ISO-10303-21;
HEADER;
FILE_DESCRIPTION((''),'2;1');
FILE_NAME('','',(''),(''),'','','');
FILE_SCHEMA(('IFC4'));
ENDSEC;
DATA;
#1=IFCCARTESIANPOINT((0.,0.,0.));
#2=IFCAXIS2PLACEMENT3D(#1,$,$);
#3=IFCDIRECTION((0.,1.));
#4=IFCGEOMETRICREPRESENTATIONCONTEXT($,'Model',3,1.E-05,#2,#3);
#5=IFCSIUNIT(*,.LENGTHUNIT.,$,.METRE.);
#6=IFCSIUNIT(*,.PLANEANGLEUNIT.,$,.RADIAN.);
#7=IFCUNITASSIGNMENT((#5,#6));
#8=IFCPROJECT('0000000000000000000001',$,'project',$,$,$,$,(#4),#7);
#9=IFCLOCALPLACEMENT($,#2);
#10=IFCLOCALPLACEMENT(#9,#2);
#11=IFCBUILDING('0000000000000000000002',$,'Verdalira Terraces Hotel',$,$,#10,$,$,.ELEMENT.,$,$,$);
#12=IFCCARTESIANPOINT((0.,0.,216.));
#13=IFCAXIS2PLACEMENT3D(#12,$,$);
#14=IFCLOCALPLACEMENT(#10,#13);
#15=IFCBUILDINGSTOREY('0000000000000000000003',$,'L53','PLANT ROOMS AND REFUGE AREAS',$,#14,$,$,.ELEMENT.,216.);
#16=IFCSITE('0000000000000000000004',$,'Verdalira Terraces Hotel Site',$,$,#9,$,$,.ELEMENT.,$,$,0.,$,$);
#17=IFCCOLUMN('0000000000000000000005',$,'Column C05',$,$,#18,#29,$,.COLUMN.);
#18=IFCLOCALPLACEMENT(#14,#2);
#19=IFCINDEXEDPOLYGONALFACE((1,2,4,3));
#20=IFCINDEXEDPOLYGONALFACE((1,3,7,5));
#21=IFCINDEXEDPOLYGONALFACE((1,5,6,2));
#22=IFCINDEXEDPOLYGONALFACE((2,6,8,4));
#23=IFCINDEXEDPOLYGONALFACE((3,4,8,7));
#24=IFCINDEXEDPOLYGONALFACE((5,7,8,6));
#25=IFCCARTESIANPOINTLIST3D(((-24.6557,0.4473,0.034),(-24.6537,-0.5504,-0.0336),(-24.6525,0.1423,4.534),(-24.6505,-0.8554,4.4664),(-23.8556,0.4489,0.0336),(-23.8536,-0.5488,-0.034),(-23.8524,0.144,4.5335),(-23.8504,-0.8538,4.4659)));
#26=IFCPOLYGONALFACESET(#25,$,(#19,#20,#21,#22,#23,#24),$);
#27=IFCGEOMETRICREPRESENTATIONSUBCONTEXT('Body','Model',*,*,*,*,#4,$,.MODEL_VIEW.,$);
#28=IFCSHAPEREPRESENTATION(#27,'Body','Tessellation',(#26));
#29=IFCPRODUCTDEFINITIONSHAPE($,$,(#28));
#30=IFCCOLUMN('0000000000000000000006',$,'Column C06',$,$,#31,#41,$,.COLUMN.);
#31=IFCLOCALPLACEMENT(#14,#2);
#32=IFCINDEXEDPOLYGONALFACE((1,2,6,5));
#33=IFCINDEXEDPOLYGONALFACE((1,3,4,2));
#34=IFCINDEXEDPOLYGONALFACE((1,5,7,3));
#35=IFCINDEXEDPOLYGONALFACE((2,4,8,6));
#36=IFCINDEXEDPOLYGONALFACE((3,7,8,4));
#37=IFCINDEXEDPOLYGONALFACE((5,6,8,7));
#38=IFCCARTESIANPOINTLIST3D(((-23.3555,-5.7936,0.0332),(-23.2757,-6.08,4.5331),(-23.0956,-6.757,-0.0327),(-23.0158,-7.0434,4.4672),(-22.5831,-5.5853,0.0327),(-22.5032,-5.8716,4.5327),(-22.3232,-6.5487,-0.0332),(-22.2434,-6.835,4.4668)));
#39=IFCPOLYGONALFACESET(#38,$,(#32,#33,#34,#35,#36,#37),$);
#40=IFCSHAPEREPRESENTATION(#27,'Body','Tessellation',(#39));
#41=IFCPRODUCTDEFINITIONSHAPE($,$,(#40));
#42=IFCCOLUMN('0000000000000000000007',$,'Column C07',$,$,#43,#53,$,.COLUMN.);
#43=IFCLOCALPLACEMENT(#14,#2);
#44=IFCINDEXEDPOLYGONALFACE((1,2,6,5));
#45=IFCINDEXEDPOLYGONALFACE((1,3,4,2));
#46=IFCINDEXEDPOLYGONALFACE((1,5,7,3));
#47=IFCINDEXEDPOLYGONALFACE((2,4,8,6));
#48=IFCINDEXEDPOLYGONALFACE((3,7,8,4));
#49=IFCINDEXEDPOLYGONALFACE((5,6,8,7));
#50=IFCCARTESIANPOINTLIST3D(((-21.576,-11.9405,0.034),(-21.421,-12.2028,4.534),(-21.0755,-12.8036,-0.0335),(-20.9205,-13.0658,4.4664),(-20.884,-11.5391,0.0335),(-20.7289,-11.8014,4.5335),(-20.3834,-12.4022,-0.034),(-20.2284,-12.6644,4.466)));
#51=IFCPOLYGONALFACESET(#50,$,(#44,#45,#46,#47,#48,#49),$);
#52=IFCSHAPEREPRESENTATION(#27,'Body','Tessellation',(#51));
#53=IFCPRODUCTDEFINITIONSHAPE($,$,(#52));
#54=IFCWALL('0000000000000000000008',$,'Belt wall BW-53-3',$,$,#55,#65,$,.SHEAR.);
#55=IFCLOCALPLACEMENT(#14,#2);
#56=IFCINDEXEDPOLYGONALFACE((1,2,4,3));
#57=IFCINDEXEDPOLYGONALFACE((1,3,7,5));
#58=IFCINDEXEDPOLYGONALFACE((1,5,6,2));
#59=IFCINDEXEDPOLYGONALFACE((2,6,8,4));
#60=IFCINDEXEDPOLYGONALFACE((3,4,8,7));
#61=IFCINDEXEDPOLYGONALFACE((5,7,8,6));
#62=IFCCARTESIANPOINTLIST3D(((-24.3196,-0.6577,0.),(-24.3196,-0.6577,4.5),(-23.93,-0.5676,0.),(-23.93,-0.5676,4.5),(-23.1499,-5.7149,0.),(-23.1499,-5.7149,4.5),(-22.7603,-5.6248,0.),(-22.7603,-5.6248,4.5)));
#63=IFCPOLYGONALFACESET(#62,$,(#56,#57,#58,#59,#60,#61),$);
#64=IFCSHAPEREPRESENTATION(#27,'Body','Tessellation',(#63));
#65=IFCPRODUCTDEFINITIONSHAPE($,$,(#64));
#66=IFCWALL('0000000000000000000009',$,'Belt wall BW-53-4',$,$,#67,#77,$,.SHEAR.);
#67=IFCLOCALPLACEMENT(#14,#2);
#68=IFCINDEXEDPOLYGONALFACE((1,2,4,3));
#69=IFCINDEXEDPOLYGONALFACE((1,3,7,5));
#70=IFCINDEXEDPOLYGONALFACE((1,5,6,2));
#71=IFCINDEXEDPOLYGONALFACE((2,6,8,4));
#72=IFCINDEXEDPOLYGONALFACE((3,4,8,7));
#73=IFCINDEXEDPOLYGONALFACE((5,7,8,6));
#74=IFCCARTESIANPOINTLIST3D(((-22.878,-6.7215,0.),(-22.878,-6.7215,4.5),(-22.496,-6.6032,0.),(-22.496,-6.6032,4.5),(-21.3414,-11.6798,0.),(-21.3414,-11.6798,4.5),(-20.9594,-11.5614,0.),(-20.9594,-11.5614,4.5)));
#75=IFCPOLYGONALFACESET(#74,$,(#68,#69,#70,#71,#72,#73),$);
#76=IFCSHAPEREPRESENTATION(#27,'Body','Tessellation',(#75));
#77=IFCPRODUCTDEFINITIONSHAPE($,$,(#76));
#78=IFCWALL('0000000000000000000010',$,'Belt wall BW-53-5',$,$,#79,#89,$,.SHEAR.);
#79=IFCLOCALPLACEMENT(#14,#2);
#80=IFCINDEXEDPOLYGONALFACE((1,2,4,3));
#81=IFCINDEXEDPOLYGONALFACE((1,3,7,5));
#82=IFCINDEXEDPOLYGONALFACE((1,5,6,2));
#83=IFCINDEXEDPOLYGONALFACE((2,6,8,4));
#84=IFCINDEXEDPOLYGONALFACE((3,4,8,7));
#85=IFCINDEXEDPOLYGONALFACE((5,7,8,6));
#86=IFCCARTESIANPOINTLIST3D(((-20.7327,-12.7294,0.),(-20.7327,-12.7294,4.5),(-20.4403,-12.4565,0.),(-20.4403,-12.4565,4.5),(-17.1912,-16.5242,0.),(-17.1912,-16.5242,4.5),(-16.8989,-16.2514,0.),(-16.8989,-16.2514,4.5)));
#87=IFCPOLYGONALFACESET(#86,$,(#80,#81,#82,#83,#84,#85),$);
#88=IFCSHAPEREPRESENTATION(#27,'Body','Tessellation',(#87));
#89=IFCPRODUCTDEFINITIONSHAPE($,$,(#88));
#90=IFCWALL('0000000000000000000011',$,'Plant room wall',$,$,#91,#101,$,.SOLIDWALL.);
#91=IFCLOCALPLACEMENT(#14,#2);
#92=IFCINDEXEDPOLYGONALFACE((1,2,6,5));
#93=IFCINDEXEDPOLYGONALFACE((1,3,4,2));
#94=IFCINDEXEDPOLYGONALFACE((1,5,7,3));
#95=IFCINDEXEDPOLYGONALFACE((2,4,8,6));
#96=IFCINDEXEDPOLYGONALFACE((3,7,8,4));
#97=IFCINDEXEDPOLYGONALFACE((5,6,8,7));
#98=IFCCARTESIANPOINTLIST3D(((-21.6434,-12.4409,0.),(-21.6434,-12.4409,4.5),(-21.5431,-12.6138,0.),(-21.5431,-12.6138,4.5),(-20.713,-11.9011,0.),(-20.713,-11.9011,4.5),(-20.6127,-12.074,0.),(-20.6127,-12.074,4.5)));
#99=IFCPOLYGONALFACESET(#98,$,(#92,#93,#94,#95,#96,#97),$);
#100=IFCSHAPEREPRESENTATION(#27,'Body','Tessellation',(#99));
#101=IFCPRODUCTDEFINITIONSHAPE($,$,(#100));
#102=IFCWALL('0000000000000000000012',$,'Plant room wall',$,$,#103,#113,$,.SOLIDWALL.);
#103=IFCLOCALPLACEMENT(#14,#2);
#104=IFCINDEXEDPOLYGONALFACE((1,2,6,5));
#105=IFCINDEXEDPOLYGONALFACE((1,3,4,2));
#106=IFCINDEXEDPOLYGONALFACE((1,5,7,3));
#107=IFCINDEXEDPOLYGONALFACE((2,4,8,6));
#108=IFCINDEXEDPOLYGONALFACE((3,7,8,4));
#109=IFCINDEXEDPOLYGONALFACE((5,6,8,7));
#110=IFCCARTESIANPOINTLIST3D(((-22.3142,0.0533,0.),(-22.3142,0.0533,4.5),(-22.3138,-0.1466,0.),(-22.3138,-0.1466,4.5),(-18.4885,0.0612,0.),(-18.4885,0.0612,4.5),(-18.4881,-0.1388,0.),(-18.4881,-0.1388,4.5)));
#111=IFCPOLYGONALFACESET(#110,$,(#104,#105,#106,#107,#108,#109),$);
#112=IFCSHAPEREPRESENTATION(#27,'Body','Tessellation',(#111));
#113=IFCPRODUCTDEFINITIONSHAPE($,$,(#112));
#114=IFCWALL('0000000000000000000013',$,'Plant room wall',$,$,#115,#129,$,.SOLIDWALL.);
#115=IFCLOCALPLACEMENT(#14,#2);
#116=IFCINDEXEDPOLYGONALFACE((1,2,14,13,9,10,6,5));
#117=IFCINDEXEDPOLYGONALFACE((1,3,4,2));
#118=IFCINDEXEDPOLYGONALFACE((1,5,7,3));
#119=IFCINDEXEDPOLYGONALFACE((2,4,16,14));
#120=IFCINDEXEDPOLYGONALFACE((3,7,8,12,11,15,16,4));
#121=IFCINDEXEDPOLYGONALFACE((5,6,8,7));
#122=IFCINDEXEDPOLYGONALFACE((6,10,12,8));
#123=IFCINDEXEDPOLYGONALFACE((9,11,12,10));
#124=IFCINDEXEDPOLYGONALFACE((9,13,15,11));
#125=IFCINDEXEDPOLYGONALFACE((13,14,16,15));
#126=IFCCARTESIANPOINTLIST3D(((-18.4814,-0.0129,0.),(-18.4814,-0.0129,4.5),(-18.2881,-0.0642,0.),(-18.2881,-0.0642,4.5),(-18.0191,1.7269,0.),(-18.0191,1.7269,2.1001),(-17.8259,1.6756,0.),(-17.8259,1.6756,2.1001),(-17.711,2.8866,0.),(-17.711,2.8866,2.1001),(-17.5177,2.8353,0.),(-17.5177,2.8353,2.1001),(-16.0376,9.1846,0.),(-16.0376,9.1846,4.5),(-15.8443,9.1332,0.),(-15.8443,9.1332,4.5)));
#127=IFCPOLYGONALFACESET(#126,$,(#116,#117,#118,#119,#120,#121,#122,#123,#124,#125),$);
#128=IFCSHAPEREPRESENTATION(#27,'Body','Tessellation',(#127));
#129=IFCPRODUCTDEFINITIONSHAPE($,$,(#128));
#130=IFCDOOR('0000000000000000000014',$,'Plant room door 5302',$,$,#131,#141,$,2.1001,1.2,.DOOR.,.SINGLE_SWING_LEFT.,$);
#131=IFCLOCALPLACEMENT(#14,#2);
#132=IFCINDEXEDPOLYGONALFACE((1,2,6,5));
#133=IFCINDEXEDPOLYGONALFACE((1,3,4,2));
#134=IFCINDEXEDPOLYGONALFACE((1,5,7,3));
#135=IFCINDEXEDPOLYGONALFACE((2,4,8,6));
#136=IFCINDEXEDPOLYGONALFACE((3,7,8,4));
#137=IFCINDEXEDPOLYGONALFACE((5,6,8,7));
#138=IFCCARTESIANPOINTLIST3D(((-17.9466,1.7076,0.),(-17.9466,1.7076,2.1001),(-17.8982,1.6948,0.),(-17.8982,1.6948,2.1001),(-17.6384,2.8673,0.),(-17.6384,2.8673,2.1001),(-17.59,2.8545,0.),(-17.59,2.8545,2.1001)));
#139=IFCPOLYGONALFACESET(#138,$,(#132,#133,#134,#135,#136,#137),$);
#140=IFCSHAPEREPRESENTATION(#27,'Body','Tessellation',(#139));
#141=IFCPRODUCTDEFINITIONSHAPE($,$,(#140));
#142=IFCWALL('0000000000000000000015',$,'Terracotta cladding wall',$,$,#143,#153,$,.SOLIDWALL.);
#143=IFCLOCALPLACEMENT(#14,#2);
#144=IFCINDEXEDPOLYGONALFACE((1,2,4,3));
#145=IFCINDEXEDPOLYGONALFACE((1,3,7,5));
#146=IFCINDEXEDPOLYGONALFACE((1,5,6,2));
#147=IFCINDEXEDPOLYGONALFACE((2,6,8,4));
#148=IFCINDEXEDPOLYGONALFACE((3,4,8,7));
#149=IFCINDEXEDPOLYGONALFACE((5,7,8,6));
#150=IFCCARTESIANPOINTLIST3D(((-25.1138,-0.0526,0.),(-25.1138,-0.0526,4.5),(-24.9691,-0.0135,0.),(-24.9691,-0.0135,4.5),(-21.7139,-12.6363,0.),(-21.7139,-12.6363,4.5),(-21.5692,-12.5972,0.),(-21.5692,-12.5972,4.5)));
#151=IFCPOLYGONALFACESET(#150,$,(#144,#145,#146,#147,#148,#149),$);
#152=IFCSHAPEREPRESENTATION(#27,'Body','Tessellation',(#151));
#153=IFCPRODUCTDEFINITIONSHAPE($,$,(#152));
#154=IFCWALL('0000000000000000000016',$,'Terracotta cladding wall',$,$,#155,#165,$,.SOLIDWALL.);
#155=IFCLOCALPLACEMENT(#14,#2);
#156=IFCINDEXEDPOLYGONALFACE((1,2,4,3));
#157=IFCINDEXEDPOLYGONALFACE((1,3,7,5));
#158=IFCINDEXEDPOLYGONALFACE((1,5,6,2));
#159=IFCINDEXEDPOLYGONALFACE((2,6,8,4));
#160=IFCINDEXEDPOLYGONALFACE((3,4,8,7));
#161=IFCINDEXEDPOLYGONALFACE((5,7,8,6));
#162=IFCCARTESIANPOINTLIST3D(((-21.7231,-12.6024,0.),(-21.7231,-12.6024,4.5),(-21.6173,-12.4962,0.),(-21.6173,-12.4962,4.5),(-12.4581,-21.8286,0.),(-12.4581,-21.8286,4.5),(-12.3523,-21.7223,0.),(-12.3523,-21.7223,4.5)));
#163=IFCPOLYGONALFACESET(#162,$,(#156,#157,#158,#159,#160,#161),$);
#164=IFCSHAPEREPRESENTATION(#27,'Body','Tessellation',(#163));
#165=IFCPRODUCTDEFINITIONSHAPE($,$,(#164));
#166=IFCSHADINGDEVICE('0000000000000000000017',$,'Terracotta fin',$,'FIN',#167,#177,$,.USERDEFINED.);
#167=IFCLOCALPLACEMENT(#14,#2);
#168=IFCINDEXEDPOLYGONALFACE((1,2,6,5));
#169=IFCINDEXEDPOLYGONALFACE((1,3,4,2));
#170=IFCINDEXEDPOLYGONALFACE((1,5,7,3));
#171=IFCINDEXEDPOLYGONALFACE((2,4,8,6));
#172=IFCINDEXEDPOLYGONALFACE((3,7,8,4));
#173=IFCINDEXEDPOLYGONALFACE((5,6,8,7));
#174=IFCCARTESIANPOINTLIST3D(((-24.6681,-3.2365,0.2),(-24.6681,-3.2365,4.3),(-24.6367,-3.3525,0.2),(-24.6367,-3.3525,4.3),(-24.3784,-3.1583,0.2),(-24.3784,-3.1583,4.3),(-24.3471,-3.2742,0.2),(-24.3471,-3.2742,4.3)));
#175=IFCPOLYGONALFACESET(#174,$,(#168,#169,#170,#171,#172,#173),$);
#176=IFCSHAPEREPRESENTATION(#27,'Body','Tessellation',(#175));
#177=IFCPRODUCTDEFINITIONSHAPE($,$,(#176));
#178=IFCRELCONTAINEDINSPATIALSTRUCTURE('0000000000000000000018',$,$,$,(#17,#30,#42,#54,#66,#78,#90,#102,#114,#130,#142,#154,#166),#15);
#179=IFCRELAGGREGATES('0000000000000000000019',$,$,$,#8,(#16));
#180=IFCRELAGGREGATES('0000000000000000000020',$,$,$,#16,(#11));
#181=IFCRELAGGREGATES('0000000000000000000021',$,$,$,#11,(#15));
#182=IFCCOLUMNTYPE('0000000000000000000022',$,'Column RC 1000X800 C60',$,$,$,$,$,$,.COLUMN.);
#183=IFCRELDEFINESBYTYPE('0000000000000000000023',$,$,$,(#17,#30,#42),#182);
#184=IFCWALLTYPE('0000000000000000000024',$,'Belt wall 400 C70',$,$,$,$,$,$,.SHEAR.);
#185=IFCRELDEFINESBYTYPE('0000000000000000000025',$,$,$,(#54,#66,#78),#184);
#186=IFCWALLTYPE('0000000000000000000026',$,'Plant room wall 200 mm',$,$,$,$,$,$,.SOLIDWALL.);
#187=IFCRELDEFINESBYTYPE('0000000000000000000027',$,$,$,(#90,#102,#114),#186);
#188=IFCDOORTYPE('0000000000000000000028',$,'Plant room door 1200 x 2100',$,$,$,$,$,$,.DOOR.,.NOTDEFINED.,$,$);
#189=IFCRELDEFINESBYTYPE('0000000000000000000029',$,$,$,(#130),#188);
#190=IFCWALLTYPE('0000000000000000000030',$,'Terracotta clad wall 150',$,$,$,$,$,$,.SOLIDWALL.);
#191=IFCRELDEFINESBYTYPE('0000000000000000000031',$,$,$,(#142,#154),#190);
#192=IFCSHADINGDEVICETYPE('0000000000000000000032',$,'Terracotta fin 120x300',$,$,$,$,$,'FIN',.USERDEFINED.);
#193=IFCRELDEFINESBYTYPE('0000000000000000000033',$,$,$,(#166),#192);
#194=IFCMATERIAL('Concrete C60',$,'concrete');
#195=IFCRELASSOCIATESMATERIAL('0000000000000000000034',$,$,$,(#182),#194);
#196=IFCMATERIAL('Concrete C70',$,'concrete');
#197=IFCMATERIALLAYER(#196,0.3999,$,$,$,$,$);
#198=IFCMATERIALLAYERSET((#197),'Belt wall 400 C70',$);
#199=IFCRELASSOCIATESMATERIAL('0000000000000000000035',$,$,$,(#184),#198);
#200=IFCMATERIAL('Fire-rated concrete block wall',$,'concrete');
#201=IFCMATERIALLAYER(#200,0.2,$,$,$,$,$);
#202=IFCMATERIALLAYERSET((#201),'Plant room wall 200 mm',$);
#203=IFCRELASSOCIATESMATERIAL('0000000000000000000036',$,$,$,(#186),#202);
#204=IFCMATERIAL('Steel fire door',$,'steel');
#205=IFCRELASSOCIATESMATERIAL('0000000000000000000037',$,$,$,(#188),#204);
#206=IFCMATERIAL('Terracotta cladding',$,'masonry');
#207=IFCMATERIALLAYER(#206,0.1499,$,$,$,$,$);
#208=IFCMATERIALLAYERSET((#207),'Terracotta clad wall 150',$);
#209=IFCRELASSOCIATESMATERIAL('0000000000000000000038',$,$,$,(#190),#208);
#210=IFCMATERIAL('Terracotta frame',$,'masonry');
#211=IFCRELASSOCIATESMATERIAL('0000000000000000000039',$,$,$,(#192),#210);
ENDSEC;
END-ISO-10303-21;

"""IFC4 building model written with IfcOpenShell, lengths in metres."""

from ifc_helpers import new_model, si_unit, direction, frame, frame_2d, origin, origin_2d, place, context, subcontext, project, spatial, rectangle, extrude, material, layer, layer_set, material_profile, profile_set, type_object, element, fill, save


model = new_model("IFC4")

# Units and contexts
model_context = context("Model", 3, precision=1e-05, world=origin(), true_north=direction((0.0, 1.0)))
body_context = subcontext(model_context, "Body", "Model", "MODEL_VIEW")
ifc_project = project(units=[si_unit("LENGTHUNIT", "METRE"), si_unit("PLANEANGLEUNIT", "RADIAN")], contexts=[model_context])

# Site, building, storey
site_placement = place(None, origin())
site = spatial("IfcSite", under=ifc_project, at=site_placement, Name="Verdalira Terraces Hotel Site", CompositionType="ELEMENT", RefElevation=0.0)
building_placement = place(site_placement, origin())
building = spatial("IfcBuilding", under=site, at=building_placement, Name="Verdalira Terraces Hotel", CompositionType="ELEMENT")
storey_placement = place(building_placement, frame((0.0, 0.0, 216.0)))
storey = spatial("IfcBuildingStorey", under=building, at=storey_placement, Name="L53", Description="PLANT ROOMS AND REFUGE AREAS", CompositionType="ELEMENT", Elevation=216.0)

# Columns
ifc_material_1 = material(Name="Concrete C60", Category="concrete")
ifc_material_profile_1 = material_profile(ifc_material_1, rectangle(XDim=1.0, YDim=0.8, at=origin_2d()), Name="RC 1000X800")
ifc_profile_set_1 = profile_set([ifc_material_profile_1], Name="Concrete C60")
column_type = type_object("IfcColumnType", Name="Column RC 1000X800 C60", PredefinedType="COLUMN", material=ifc_profile_set_1)
column_1_placement = place(storey_placement, frame((-24.2546, -0.0508, 0.0), z_axis=(0.000704, -0.067608, 0.997712), x_axis=(-0.001987, 0.99771, 0.067609)))
element("IfcColumn", 1, at=column_1_placement, inside=storey, type_object=column_type, Name="Column C05", PredefinedType="COLUMN", context=body_context, shape_type="SweptSolid", body=[
    extrude(rectangle(XDim=1.0, YDim=0.8, at=origin_2d()), origin(), (0.0, 0.0, 1.0), 4.5103),
])
column_2_placement = place(storey_placement, frame((-22.8394, -6.1711, 0.0), z_axis=(0.017702, -0.063501, 0.997825), x_axis=(0.259853, -0.963396, -0.06592)))
element("IfcColumn", 2, at=column_2_placement, inside=storey, type_object=column_type, Name="Column C06", PredefinedType="COLUMN", context=body_context, shape_type="SweptSolid", body=[
    extrude(rectangle(XDim=1.0, YDim=0.8, at=origin_2d()), origin(), (0.0, 0.0, 1.0), 4.5098),
])
column_3_placement = place(storey_placement, frame((-20.9797, -12.1714, 0.0), z_axis=(0.034372, -0.058135, 0.997717), x_axis=(-0.500538, 0.863077, 0.067534)))
element("IfcColumn", 3, at=column_3_placement, inside=storey, type_object=column_type, Name="Column C07", PredefinedType="COLUMN", context=body_context, shape_type="SweptSolid", body=[
    extrude(rectangle(XDim=1.0, YDim=0.8, at=origin_2d()), origin(), (0.0, 0.0, 1.0), 4.5103),
])

# Walls
ifc_material_2 = material(Name="Concrete C70", Category="concrete")
ifc_layer_1 = layer(ifc_material_2, 0.3999)
ifc_layer_set_1 = layer_set([ifc_layer_1], Name="Belt wall 400 C70")
wall_type_1 = type_object("IfcWallType", Name="Belt wall 400 C70", PredefinedType="SHEAR", material=ifc_layer_set_1)
wall_1_placement = place(storey_placement, frame((-24.1248, -0.6128, 0.0), z_axis=(0.0, 0.0, 1.0), x_axis=(0.225344, -0.974279, 0.0)))
element("IfcWall", 4, at=wall_1_placement, inside=storey, type_object=wall_type_1, Name="Belt wall BW-53-3", PredefinedType="SHEAR", context=body_context, shape_type="SweptSolid", body=[
    extrude(rectangle(XDim=5.1907, YDim=0.3999, at=frame_2d((2.5952, 0.0))), origin(), (0.0, 0.0, 1.0), 4.5),
])
wall_2_placement = place(storey_placement, frame((-22.687, -6.6624, 0.0), z_axis=(0.0, 0.0, 1.0), x_axis=(0.296022, -0.955181, 0.0)))
element("IfcWall", 5, at=wall_2_placement, inside=storey, type_object=wall_type_1, Name="Belt wall BW-53-4", PredefinedType="SHEAR", context=body_context, shape_type="SweptSolid", body=[
    extrude(rectangle(XDim=5.1909, YDim=0.3999, at=frame_2d((2.5955, 0.0))), origin(), (0.0, 0.0, 1.0), 4.5),
])
wall_3_placement = place(storey_placement, frame((-20.5864, -12.593, 0.0), z_axis=(0.0, 0.0, 1.0), x_axis=(0.682275, -0.731096, 0.0)))
element("IfcWall", 6, at=wall_3_placement, inside=storey, type_object=wall_type_1, Name="Belt wall BW-53-5", PredefinedType="SHEAR", context=body_context, shape_type="SweptSolid", body=[
    extrude(rectangle(XDim=5.1907, YDim=0.3999, at=frame_2d((2.5952, 0.0))), origin(), (0.0, 0.0, 1.0), 4.5),
])
ifc_material_3 = material(Name="Fire-rated concrete block wall", Category="concrete")
ifc_layer_2 = layer(ifc_material_3, 0.2)
ifc_layer_set_2 = layer_set([ifc_layer_2], Name="Plant room wall 200 mm")
wall_type_2 = type_object("IfcWallType", Name="Plant room wall 200 mm", PredefinedType="SOLIDWALL", material=ifc_layer_set_2)
wall_4_placement = place(storey_placement, frame((-20.6628, -11.9875, 0.0), z_axis=(0.0, 0.0, 1.0), x_axis=(-0.86497, -0.501823, 0.0)))
element("IfcWall", 7, at=wall_4_placement, inside=storey, type_object=wall_type_2, Name="Plant room wall", PredefinedType="SOLIDWALL", context=body_context, shape_type="SweptSolid", body=[
    extrude(rectangle(XDim=1.0757, YDim=0.2, at=frame_2d((0.5378, 0.0))), origin(), (0.0, 0.0, 1.0), 4.5),
])
wall_5_placement = place(storey_placement, frame((-18.4883, -0.0388, 0.0), z_axis=(0.0, 0.0, 1.0), x_axis=(-0.999998, -0.002042, 0.0)))
element("IfcWall", 8, at=wall_5_placement, inside=storey, type_object=wall_type_2, Name="Plant room wall", PredefinedType="SOLIDWALL", context=body_context, shape_type="SweptSolid", body=[
    extrude(rectangle(XDim=3.8257, YDim=0.2, at=frame_2d((1.9128, 0.0))), origin(), (0.0, 0.0, 1.0), 4.5),
])

# Wall, opening, door
wall_6_placement = place(storey_placement, frame((-18.3848, -0.0386, 0.0), z_axis=(0.0, 0.0, 1.0), x_axis=(0.256797, 0.966465, 0.0)))
wall_6 = element("IfcWall", 9, at=wall_6_placement, inside=storey, type_object=wall_type_2, Name="Plant room wall", PredefinedType="SOLIDWALL", context=body_context, shape_type="SweptSolid", body=[
    extrude(rectangle(XDim=9.5166, YDim=0.2, at=frame_2d((4.7583, 0.0))), origin(), (0.0, 0.0, 1.0), 4.5),
])
opening_placement = place(wall_6_placement, frame((1.8, 0.0, 0.0)))
opening = element("IfcOpeningElement", 10, at=opening_placement, cuts=wall_6, PredefinedType="OPENING", context=body_context, shape_type="SweptSolid", body=[
    extrude(rectangle(XDim=1.2, YDim=2.1001, at=frame_2d((0.6001, 1.05))), frame((0.0, 0.1099, 0.0), z_axis=(0.0, -1.0, 0.0), x_axis=(1.0, 0.0, 0.0)), (0.0, 0.0, 1.0), 0.22),
])
ifc_material_4 = material(Name="Steel fire door", Category="steel")
door_type = type_object("IfcDoorType", Name="Plant room door 1200 x 2100", OperationType="NOTDEFINED", PredefinedType="DOOR", material=ifc_material_4)
door_placement = place(opening_placement, origin())
door = element("IfcDoor", 11, at=door_placement, inside=storey, type_object=door_type, Name="Plant room door 5302", OperationType="SINGLE_SWING_LEFT", OverallHeight=2.1001, OverallWidth=1.2, PredefinedType="DOOR", context=body_context, shape_type="SweptSolid", body=[
    extrude(rectangle(XDim=1.2, YDim=2.1001, at=frame_2d((0.6001, 1.05))), frame((0.0, 0.0249, 0.0), z_axis=(0.0, -1.0, 0.0), x_axis=(1.0, 0.0, 0.0)), (0.0, 0.0, 1.0), 0.05),
])
fill(opening, door)

# Walls
ifc_material_5 = material(Name="Terracotta cladding", Category="masonry")
ifc_layer_3 = layer(ifc_material_5, 0.1499)
ifc_layer_set_3 = layer_set([ifc_layer_3], Name="Terracotta clad wall 150")
wall_type_3 = type_object("IfcWallType", Name="Terracotta clad wall 150", PredefinedType="SOLIDWALL", material=ifc_layer_set_3)
wall_7_placement = place(storey_placement, frame((-25.0415, -0.033, 0.0), z_axis=(0.0, 0.0, 1.0), x_axis=(0.26083, -0.965385, 0.0)))
element("IfcWall", 12, at=wall_7_placement, inside=storey, type_object=wall_type_3, Name="Terracotta cladding wall", PredefinedType="SOLIDWALL", context=body_context, shape_type="SweptSolid", body=[
    extrude(rectangle(XDim=13.0349, YDim=0.1499, at=frame_2d((6.5176, 0.0))), origin(), (0.0, 0.0, 1.0), 4.5),
])
wall_8_placement = place(storey_placement, frame((-21.6702, -12.5493, 0.0), z_axis=(0.0, 0.0, 1.0), x_axis=(0.70859, -0.705621, 0.0)))
element("IfcWall", 13, at=wall_8_placement, inside=storey, type_object=wall_type_3, Name="Terracotta cladding wall", PredefinedType="SOLIDWALL", context=body_context, shape_type="SweptSolid", body=[
    extrude(rectangle(XDim=13.0752, YDim=0.1499, at=frame_2d((6.5376, 0.0))), origin(), (0.0, 0.0, 1.0), 4.5),
])

# Shading device
ifc_material_6 = material(Name="Terracotta frame", Category="masonry")
ifc_material_profile_2 = material_profile(ifc_material_6, rectangle(XDim=0.1201, YDim=0.3, at=origin_2d()), Name="FIN 120x300")
ifc_profile_set_2 = profile_set([ifc_material_profile_2], Name="Terracotta frame")
shading_device_type = type_object("IfcShadingDeviceType", Name="Terracotta fin 120x300", ElementType="FIN", PredefinedType="USERDEFINED", material=ifc_profile_set_2)
for number, where, z_axis, x_axis, name in (
    (14, (-24.5076, -3.2554, 0.2), (0.0, 0.0, 1.0), (0.260842, -0.965382, 0.0), "Terracotta fin"),
):
    element("IfcShadingDevice", number, at=place(storey_placement, frame(where, z_axis=z_axis, x_axis=x_axis)), inside=storey, type_object=shading_device_type, Name=name, ObjectType="FIN", PredefinedType="USERDEFINED", context=body_context, shape_type="SweptSolid", body=[
        extrude(rectangle(XDim=0.1201, YDim=0.3, at=origin_2d()), origin(), (0.0, 0.0, 1.0), 4.1001),
    ])

save(model, "model.ifc")
